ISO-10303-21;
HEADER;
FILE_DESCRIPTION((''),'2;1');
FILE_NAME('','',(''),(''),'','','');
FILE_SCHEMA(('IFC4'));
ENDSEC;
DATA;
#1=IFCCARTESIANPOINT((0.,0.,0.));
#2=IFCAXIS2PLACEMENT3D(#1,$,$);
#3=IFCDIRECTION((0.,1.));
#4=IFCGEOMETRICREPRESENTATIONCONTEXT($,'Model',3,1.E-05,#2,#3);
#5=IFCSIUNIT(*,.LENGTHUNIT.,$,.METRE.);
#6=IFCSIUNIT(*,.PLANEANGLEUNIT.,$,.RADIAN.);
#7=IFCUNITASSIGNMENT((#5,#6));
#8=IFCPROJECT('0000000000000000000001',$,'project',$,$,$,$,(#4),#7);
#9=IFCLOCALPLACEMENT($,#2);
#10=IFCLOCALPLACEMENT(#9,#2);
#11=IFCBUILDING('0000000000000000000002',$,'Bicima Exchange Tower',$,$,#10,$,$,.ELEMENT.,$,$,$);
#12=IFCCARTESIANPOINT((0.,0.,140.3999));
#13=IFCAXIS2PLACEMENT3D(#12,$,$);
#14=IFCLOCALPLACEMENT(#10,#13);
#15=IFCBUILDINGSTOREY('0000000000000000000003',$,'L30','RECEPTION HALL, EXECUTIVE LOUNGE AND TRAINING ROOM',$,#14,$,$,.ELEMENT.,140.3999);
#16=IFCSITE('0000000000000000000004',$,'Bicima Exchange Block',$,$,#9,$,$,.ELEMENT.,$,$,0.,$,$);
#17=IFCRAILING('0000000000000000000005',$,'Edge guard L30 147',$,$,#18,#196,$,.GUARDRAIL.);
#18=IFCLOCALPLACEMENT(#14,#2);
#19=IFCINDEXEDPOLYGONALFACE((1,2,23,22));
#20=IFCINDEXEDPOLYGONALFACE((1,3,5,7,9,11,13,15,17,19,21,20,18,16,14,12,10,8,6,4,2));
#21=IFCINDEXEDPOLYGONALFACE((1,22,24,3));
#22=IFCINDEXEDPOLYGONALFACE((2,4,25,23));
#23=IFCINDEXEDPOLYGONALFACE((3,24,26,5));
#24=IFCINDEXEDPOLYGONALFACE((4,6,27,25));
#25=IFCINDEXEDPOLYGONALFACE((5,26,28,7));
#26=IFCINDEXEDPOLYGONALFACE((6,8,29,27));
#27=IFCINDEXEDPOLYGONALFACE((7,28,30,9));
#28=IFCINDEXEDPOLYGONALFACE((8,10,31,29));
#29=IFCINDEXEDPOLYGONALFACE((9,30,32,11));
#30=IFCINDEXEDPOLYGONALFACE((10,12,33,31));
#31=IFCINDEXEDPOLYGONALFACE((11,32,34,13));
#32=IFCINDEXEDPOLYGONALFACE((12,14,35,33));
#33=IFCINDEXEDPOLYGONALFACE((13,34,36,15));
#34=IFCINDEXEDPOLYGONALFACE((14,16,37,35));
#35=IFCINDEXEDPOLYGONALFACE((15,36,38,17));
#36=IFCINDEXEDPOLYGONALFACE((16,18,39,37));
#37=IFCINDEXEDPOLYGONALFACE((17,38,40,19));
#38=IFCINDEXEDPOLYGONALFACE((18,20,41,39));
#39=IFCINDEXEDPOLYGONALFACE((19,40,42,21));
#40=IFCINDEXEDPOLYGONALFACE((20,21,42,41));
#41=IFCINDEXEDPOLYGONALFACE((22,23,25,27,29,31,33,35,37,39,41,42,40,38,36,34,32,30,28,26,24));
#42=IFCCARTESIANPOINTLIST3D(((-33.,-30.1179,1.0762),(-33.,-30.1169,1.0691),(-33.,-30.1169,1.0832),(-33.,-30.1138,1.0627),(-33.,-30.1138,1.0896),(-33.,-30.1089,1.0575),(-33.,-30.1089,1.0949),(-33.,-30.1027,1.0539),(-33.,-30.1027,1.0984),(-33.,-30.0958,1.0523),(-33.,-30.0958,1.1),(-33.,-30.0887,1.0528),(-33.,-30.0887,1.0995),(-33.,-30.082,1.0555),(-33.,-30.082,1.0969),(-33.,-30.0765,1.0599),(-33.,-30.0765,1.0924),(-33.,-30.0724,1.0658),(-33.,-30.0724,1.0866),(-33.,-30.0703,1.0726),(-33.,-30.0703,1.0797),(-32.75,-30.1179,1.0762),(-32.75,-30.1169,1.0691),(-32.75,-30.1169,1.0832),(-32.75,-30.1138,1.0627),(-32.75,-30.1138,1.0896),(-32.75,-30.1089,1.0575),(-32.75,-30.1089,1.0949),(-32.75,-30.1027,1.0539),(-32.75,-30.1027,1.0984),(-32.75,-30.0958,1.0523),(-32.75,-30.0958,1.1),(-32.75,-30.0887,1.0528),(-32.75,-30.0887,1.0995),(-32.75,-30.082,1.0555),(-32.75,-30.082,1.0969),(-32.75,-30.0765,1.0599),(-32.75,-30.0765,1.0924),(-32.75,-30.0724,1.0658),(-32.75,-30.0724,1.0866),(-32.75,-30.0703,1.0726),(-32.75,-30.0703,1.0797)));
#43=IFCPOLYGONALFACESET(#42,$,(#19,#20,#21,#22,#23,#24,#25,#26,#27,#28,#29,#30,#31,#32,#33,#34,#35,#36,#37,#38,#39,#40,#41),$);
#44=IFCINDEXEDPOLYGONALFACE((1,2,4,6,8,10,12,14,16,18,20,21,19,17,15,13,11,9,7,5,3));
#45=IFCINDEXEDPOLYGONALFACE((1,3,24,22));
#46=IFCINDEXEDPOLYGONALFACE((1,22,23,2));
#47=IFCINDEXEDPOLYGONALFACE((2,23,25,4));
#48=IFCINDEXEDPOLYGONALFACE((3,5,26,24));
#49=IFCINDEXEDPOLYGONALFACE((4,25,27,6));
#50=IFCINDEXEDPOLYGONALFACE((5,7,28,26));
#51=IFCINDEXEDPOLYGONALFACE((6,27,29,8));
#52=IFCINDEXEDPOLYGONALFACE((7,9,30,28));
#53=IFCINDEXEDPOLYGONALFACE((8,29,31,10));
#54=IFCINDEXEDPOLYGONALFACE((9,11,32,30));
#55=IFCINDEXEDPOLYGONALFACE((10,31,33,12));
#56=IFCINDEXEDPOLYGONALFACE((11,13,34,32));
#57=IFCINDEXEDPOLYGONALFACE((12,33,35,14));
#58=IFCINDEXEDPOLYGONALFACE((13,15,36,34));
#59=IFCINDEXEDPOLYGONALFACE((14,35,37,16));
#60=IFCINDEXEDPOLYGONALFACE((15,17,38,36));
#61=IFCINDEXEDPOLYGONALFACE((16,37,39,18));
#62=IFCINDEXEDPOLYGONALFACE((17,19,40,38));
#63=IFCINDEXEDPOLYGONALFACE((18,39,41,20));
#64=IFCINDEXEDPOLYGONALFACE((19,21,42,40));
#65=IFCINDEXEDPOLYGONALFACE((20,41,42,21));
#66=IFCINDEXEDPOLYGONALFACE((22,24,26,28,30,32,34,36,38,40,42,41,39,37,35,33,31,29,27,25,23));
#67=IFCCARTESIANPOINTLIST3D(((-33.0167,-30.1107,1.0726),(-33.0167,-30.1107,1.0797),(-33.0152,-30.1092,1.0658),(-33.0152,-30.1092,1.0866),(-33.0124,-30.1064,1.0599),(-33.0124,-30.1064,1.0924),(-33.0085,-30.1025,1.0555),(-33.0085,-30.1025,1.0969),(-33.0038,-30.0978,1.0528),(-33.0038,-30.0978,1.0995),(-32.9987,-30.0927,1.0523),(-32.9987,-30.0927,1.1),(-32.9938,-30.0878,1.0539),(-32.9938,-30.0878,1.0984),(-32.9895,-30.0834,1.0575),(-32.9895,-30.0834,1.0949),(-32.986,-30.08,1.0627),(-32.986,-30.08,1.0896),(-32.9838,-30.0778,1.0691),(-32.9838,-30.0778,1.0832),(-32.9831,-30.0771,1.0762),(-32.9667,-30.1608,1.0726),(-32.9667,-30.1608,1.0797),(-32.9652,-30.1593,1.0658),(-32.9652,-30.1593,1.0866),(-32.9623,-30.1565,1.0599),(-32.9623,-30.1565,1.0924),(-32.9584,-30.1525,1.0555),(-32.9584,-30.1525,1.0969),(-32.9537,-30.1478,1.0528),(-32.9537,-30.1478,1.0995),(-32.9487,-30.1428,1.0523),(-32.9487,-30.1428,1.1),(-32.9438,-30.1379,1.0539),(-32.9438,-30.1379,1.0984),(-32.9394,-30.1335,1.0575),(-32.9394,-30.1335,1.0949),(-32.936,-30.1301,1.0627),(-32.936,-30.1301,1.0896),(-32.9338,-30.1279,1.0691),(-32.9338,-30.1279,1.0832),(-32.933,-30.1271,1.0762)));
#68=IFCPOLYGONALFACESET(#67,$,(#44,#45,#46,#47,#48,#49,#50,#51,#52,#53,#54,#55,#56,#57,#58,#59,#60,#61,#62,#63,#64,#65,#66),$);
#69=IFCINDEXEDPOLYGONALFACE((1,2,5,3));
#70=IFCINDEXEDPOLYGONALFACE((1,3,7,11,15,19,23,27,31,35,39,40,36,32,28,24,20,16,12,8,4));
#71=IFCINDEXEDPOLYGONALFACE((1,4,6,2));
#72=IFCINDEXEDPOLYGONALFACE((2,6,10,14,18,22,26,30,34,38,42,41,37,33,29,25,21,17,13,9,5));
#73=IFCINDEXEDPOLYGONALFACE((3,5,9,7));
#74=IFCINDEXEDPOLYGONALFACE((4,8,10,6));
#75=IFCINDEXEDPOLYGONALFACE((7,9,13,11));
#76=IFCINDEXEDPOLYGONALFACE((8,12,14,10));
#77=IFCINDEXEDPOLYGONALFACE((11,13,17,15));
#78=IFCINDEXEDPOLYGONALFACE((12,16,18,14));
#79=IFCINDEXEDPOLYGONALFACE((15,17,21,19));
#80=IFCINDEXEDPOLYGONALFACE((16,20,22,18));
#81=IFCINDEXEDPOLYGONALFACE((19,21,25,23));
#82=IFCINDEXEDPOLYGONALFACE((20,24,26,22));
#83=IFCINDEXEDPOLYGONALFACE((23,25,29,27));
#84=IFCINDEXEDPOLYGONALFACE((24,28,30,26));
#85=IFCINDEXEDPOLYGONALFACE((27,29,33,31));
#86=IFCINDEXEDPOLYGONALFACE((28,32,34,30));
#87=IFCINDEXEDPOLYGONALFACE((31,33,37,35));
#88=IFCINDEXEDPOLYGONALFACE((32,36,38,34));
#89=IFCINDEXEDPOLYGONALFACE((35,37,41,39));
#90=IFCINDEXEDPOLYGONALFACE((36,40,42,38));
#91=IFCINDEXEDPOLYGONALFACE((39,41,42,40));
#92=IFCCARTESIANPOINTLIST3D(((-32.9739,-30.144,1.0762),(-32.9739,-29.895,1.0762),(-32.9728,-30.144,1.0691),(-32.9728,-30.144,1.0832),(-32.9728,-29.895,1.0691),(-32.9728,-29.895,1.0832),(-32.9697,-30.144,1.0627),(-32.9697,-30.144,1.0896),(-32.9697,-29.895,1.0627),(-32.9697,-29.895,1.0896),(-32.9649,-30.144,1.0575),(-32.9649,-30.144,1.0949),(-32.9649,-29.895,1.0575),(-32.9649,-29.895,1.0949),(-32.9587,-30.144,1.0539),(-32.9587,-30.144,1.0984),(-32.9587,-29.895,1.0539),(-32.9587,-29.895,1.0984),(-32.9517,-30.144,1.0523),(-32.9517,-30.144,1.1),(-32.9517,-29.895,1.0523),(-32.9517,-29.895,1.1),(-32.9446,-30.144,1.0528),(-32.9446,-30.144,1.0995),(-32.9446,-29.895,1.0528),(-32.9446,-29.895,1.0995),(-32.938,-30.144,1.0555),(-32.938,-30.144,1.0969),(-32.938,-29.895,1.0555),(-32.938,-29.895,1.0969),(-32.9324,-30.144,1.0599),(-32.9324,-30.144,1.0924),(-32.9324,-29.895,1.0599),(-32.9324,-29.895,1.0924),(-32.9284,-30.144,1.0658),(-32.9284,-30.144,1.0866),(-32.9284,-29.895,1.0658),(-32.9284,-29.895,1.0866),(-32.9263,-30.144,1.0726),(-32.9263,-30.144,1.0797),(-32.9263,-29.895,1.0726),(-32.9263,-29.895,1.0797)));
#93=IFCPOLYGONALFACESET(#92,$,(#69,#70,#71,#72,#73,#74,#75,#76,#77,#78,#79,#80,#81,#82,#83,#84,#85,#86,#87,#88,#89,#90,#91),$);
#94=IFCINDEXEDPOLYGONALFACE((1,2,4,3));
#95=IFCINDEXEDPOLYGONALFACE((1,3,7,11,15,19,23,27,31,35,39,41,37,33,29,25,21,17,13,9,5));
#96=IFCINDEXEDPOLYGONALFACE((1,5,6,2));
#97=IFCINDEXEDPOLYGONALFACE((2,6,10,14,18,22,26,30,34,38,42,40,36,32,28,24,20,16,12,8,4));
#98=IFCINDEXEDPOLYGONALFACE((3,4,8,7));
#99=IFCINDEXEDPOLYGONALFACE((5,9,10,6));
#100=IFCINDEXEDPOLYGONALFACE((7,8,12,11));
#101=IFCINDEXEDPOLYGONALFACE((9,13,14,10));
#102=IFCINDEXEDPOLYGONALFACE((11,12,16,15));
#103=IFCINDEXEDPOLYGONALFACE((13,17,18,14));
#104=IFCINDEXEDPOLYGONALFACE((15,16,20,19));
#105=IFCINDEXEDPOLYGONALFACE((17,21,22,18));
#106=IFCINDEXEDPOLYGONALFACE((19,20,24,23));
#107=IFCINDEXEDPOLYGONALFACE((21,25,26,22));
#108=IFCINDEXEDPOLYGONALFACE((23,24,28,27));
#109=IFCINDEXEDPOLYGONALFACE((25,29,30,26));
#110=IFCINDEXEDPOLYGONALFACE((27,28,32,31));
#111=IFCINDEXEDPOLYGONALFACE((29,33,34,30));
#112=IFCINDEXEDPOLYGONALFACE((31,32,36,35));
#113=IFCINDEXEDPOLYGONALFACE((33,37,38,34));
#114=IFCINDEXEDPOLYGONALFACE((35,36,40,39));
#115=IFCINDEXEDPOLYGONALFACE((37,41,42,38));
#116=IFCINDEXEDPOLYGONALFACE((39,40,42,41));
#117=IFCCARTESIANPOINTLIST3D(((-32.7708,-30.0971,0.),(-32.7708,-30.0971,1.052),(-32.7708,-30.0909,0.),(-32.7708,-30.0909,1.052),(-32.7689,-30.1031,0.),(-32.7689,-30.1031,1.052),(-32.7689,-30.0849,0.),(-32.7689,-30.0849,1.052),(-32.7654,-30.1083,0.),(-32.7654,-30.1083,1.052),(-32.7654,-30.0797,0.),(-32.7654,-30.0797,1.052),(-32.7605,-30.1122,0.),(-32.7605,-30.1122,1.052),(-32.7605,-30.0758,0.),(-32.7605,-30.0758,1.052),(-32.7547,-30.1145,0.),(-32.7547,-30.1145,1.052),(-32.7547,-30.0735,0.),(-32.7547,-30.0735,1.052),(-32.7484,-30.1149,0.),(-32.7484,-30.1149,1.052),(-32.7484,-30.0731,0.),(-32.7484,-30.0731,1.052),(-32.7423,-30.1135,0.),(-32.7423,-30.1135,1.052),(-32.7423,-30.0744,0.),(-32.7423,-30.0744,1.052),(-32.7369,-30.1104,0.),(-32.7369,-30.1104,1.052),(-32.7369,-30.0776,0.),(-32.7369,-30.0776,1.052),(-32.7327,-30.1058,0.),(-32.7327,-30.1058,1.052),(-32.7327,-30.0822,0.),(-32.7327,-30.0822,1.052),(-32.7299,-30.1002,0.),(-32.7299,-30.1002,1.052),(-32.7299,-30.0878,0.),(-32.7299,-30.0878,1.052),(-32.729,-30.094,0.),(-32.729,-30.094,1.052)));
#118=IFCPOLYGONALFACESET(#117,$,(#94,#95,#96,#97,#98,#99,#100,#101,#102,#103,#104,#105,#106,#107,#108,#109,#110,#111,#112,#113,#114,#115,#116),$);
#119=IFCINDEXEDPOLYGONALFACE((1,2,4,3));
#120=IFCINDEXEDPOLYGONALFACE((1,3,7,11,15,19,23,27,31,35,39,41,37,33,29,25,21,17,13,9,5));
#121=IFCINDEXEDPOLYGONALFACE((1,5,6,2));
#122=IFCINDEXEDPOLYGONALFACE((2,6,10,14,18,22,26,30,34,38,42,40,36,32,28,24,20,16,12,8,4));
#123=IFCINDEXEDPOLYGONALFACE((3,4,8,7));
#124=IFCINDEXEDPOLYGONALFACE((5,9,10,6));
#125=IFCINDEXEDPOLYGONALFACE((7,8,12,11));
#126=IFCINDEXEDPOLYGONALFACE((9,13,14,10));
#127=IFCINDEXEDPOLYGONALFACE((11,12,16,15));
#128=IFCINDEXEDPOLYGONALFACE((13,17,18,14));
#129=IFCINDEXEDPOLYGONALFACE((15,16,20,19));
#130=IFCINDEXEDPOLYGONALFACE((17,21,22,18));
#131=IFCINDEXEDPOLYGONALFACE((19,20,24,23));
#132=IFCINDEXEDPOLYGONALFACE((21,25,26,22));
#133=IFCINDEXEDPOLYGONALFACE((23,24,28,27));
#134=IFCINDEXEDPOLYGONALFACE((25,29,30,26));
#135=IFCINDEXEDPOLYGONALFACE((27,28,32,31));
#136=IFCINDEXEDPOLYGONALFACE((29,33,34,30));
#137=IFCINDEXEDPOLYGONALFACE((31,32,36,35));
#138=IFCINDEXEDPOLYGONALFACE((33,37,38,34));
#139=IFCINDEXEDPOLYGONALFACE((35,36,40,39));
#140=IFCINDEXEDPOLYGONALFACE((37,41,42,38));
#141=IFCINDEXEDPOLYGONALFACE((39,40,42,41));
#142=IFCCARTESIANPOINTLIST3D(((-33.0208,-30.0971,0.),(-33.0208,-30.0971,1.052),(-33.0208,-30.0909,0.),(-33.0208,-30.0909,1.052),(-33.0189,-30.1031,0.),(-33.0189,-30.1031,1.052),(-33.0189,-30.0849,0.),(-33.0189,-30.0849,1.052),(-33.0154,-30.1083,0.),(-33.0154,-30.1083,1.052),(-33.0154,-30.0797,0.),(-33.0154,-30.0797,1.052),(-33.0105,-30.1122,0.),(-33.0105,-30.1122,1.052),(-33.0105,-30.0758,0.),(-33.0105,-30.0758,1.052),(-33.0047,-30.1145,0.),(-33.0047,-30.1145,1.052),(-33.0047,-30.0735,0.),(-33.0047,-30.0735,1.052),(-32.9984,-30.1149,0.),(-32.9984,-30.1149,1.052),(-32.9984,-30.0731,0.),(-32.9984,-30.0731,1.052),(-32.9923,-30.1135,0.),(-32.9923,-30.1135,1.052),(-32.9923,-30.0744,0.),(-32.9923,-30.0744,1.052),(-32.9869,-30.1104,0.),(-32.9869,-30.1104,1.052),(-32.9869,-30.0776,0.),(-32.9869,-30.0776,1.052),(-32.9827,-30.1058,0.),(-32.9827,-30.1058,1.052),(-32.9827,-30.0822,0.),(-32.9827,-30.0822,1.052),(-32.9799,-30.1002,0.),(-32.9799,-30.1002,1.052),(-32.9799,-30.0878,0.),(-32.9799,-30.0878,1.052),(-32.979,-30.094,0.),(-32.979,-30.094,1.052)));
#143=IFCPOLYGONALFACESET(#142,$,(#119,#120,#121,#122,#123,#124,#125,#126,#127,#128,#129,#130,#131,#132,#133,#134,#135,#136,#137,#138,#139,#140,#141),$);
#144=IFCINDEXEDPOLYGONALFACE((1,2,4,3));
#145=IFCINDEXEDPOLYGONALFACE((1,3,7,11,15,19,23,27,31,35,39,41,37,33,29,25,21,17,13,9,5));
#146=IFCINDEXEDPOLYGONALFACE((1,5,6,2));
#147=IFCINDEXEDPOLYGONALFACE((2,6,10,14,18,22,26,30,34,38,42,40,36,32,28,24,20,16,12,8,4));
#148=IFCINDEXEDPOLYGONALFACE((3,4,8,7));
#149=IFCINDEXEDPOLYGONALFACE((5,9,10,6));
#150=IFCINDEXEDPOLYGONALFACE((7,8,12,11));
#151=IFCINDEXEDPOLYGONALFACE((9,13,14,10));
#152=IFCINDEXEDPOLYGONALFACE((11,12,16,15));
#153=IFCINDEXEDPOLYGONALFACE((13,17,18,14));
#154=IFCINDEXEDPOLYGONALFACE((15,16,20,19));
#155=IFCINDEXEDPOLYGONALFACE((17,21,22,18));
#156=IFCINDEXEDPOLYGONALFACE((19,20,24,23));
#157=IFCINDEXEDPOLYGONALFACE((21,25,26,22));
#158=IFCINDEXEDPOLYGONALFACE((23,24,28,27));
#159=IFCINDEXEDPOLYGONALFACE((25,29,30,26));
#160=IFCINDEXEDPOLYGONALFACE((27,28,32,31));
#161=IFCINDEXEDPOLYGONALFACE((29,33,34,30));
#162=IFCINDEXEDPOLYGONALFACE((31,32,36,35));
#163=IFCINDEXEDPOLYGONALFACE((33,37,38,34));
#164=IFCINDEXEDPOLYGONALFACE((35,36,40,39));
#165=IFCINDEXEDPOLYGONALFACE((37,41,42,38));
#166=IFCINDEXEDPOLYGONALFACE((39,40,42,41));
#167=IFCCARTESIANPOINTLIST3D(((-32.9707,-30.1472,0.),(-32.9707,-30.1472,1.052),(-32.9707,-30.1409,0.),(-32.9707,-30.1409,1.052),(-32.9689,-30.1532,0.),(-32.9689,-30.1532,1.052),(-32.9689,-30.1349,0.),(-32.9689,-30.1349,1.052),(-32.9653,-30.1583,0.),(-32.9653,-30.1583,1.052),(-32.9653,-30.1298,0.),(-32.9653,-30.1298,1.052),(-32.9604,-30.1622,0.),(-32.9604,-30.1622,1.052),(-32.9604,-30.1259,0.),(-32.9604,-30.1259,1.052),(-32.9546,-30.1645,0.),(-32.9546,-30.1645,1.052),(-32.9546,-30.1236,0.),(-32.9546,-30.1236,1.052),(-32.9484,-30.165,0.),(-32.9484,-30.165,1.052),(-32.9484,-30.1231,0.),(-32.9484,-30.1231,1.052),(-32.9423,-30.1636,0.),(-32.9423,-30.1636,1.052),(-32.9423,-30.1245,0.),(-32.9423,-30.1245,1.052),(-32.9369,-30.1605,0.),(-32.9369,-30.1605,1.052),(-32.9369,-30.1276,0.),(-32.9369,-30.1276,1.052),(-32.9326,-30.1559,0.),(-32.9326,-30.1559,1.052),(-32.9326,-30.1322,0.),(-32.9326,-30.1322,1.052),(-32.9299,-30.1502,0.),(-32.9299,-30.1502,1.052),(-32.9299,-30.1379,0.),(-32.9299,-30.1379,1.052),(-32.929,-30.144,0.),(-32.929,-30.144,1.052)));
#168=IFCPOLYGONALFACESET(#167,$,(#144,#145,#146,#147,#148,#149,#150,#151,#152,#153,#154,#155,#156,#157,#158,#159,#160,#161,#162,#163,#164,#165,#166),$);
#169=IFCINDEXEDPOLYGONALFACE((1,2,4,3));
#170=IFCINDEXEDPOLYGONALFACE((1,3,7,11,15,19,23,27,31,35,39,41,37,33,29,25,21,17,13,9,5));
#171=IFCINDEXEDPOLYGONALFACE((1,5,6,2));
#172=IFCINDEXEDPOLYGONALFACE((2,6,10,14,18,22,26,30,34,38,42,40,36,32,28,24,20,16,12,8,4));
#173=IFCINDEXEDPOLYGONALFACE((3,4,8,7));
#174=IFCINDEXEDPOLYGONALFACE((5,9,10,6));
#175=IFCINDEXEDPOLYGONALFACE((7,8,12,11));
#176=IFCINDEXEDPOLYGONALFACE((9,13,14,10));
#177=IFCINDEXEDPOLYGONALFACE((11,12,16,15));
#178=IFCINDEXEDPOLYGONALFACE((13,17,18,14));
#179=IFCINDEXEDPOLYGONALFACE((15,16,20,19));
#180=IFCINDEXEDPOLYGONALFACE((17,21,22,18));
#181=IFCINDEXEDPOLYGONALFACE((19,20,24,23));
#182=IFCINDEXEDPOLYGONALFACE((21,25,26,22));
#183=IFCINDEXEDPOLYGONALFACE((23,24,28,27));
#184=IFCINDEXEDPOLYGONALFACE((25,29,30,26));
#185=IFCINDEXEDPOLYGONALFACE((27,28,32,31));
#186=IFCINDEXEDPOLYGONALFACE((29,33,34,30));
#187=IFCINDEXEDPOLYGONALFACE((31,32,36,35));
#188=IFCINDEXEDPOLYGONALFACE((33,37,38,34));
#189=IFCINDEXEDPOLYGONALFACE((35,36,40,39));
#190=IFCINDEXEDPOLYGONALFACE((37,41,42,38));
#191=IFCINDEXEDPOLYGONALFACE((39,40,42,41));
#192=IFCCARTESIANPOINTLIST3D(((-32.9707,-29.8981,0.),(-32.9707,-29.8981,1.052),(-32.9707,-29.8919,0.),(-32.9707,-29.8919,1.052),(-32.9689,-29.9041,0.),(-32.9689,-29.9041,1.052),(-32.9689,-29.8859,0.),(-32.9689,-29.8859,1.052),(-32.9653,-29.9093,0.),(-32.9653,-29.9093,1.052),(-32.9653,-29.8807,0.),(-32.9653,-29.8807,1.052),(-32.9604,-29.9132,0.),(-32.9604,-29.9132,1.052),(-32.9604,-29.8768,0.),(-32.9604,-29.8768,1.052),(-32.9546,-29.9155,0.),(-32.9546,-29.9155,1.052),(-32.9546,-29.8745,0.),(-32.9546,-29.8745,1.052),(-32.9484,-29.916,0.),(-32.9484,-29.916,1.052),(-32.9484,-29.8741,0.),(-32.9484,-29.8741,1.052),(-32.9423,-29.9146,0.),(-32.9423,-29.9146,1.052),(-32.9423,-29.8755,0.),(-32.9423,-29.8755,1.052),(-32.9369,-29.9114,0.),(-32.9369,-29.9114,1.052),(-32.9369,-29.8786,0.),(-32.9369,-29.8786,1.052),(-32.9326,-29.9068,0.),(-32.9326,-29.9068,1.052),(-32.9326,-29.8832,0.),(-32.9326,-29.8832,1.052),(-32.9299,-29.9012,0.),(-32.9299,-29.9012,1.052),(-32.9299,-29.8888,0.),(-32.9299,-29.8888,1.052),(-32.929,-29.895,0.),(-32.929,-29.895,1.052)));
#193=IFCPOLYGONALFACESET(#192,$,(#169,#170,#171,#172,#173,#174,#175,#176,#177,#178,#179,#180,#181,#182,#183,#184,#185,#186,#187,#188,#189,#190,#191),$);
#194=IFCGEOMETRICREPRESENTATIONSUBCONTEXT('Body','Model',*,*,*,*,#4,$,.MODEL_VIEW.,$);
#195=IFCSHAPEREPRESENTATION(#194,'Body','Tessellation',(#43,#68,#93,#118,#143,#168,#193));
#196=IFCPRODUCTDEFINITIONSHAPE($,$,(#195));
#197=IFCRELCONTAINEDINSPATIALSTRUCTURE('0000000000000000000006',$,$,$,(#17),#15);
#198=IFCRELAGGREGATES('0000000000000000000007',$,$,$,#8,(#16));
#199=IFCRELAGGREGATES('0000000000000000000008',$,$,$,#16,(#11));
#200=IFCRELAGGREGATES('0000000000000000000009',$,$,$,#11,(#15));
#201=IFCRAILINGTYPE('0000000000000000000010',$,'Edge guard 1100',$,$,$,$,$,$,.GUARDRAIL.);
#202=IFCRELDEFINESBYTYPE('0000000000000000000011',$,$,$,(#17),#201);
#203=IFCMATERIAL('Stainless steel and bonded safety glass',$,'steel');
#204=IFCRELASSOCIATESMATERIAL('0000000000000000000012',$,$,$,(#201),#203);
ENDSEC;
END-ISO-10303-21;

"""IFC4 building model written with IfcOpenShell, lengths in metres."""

from ifc_helpers import new_model, si_unit, direction, frame, origin, origin_2d, place, context, subcontext, project, spatial, circle, extrude, material, type_object, element, save


model = new_model("IFC4")

# Units and contexts
model_context = context("Model", 3, precision=1e-05, world=origin(), true_north=direction((0.0, 1.0)))
body_context = subcontext(model_context, "Body", "Model", "MODEL_VIEW")
ifc_project = project(units=[si_unit("LENGTHUNIT", "METRE"), si_unit("PLANEANGLEUNIT", "RADIAN")], contexts=[model_context])

# Site, building, storey
site_placement = place(None, origin())
site = spatial("IfcSite", under=ifc_project, at=site_placement, Name="Bicima Exchange Block", CompositionType="ELEMENT", RefElevation=0.0)
building_placement = place(site_placement, origin())
building = spatial("IfcBuilding", under=site, at=building_placement, Name="Bicima Exchange Tower", CompositionType="ELEMENT")
storey_placement = place(building_placement, frame((0.0, 0.0, 140.3999)))
storey = spatial("IfcBuildingStorey", under=building, at=storey_placement, Name="L30", Description="RECEPTION HALL, EXECUTIVE LOUNGE AND TRAINING ROOM", CompositionType="ELEMENT", Elevation=140.3999)

# Railing
ifc_material_1 = material(Name="Stainless steel and bonded safety glass", Category="steel")
railing_type = type_object("IfcRailingType", Name="Edge guard 1100", PredefinedType="GUARDRAIL", material=ifc_material_1)
railing_1_placement = place(storey_placement, frame((-32.75, -30.094, 0.0)))
element("IfcRailing", 1, at=railing_1_placement, inside=storey, type_object=railing_type, Name="Edge guard L30 147", PredefinedType="GUARDRAIL", context=body_context, shape_type="SweptSolid", body=[
    extrude(circle(Radius=0.0239, at=origin_2d()), frame((0.0, 0.0, 1.0762), z_axis=(-1.0, 0.0, 0.0), x_axis=(0.0, -1.0, 0.0)), (0.0, 0.0, 1.0), 0.25),
    extrude(circle(Radius=0.0239, at=origin_2d()), frame((-0.25, 0.0, 1.0762), z_axis=(0.707107, -0.707107, 0.0), x_axis=(0.707107, 0.707107, 0.0)), (0.0, 0.0, 1.0), 0.0708),
    extrude(circle(Radius=0.0239, at=origin_2d()), frame((-0.2, -0.05, 1.0762), z_axis=(0.0, 1.0, 0.0), x_axis=(-1.0, 0.0, 0.0)), (0.0, 0.0, 1.0), 0.249),
    extrude(circle(Radius=0.021, at=origin_2d()), origin(), (0.0, 0.0, 1.0), 1.052),
    extrude(circle(Radius=0.021, at=origin_2d()), frame((-0.25, 0.0, 0.0)), (0.0, 0.0, 1.0), 1.052),
    extrude(circle(Radius=0.021, at=origin_2d()), frame((-0.2, -0.05, 0.0)), (0.0, 0.0, 1.0), 1.052),
    extrude(circle(Radius=0.021, at=origin_2d()), frame((-0.2, 0.199, 0.0)), (0.0, 0.0, 1.0), 1.052),
])

save(model, "model.ifc")
